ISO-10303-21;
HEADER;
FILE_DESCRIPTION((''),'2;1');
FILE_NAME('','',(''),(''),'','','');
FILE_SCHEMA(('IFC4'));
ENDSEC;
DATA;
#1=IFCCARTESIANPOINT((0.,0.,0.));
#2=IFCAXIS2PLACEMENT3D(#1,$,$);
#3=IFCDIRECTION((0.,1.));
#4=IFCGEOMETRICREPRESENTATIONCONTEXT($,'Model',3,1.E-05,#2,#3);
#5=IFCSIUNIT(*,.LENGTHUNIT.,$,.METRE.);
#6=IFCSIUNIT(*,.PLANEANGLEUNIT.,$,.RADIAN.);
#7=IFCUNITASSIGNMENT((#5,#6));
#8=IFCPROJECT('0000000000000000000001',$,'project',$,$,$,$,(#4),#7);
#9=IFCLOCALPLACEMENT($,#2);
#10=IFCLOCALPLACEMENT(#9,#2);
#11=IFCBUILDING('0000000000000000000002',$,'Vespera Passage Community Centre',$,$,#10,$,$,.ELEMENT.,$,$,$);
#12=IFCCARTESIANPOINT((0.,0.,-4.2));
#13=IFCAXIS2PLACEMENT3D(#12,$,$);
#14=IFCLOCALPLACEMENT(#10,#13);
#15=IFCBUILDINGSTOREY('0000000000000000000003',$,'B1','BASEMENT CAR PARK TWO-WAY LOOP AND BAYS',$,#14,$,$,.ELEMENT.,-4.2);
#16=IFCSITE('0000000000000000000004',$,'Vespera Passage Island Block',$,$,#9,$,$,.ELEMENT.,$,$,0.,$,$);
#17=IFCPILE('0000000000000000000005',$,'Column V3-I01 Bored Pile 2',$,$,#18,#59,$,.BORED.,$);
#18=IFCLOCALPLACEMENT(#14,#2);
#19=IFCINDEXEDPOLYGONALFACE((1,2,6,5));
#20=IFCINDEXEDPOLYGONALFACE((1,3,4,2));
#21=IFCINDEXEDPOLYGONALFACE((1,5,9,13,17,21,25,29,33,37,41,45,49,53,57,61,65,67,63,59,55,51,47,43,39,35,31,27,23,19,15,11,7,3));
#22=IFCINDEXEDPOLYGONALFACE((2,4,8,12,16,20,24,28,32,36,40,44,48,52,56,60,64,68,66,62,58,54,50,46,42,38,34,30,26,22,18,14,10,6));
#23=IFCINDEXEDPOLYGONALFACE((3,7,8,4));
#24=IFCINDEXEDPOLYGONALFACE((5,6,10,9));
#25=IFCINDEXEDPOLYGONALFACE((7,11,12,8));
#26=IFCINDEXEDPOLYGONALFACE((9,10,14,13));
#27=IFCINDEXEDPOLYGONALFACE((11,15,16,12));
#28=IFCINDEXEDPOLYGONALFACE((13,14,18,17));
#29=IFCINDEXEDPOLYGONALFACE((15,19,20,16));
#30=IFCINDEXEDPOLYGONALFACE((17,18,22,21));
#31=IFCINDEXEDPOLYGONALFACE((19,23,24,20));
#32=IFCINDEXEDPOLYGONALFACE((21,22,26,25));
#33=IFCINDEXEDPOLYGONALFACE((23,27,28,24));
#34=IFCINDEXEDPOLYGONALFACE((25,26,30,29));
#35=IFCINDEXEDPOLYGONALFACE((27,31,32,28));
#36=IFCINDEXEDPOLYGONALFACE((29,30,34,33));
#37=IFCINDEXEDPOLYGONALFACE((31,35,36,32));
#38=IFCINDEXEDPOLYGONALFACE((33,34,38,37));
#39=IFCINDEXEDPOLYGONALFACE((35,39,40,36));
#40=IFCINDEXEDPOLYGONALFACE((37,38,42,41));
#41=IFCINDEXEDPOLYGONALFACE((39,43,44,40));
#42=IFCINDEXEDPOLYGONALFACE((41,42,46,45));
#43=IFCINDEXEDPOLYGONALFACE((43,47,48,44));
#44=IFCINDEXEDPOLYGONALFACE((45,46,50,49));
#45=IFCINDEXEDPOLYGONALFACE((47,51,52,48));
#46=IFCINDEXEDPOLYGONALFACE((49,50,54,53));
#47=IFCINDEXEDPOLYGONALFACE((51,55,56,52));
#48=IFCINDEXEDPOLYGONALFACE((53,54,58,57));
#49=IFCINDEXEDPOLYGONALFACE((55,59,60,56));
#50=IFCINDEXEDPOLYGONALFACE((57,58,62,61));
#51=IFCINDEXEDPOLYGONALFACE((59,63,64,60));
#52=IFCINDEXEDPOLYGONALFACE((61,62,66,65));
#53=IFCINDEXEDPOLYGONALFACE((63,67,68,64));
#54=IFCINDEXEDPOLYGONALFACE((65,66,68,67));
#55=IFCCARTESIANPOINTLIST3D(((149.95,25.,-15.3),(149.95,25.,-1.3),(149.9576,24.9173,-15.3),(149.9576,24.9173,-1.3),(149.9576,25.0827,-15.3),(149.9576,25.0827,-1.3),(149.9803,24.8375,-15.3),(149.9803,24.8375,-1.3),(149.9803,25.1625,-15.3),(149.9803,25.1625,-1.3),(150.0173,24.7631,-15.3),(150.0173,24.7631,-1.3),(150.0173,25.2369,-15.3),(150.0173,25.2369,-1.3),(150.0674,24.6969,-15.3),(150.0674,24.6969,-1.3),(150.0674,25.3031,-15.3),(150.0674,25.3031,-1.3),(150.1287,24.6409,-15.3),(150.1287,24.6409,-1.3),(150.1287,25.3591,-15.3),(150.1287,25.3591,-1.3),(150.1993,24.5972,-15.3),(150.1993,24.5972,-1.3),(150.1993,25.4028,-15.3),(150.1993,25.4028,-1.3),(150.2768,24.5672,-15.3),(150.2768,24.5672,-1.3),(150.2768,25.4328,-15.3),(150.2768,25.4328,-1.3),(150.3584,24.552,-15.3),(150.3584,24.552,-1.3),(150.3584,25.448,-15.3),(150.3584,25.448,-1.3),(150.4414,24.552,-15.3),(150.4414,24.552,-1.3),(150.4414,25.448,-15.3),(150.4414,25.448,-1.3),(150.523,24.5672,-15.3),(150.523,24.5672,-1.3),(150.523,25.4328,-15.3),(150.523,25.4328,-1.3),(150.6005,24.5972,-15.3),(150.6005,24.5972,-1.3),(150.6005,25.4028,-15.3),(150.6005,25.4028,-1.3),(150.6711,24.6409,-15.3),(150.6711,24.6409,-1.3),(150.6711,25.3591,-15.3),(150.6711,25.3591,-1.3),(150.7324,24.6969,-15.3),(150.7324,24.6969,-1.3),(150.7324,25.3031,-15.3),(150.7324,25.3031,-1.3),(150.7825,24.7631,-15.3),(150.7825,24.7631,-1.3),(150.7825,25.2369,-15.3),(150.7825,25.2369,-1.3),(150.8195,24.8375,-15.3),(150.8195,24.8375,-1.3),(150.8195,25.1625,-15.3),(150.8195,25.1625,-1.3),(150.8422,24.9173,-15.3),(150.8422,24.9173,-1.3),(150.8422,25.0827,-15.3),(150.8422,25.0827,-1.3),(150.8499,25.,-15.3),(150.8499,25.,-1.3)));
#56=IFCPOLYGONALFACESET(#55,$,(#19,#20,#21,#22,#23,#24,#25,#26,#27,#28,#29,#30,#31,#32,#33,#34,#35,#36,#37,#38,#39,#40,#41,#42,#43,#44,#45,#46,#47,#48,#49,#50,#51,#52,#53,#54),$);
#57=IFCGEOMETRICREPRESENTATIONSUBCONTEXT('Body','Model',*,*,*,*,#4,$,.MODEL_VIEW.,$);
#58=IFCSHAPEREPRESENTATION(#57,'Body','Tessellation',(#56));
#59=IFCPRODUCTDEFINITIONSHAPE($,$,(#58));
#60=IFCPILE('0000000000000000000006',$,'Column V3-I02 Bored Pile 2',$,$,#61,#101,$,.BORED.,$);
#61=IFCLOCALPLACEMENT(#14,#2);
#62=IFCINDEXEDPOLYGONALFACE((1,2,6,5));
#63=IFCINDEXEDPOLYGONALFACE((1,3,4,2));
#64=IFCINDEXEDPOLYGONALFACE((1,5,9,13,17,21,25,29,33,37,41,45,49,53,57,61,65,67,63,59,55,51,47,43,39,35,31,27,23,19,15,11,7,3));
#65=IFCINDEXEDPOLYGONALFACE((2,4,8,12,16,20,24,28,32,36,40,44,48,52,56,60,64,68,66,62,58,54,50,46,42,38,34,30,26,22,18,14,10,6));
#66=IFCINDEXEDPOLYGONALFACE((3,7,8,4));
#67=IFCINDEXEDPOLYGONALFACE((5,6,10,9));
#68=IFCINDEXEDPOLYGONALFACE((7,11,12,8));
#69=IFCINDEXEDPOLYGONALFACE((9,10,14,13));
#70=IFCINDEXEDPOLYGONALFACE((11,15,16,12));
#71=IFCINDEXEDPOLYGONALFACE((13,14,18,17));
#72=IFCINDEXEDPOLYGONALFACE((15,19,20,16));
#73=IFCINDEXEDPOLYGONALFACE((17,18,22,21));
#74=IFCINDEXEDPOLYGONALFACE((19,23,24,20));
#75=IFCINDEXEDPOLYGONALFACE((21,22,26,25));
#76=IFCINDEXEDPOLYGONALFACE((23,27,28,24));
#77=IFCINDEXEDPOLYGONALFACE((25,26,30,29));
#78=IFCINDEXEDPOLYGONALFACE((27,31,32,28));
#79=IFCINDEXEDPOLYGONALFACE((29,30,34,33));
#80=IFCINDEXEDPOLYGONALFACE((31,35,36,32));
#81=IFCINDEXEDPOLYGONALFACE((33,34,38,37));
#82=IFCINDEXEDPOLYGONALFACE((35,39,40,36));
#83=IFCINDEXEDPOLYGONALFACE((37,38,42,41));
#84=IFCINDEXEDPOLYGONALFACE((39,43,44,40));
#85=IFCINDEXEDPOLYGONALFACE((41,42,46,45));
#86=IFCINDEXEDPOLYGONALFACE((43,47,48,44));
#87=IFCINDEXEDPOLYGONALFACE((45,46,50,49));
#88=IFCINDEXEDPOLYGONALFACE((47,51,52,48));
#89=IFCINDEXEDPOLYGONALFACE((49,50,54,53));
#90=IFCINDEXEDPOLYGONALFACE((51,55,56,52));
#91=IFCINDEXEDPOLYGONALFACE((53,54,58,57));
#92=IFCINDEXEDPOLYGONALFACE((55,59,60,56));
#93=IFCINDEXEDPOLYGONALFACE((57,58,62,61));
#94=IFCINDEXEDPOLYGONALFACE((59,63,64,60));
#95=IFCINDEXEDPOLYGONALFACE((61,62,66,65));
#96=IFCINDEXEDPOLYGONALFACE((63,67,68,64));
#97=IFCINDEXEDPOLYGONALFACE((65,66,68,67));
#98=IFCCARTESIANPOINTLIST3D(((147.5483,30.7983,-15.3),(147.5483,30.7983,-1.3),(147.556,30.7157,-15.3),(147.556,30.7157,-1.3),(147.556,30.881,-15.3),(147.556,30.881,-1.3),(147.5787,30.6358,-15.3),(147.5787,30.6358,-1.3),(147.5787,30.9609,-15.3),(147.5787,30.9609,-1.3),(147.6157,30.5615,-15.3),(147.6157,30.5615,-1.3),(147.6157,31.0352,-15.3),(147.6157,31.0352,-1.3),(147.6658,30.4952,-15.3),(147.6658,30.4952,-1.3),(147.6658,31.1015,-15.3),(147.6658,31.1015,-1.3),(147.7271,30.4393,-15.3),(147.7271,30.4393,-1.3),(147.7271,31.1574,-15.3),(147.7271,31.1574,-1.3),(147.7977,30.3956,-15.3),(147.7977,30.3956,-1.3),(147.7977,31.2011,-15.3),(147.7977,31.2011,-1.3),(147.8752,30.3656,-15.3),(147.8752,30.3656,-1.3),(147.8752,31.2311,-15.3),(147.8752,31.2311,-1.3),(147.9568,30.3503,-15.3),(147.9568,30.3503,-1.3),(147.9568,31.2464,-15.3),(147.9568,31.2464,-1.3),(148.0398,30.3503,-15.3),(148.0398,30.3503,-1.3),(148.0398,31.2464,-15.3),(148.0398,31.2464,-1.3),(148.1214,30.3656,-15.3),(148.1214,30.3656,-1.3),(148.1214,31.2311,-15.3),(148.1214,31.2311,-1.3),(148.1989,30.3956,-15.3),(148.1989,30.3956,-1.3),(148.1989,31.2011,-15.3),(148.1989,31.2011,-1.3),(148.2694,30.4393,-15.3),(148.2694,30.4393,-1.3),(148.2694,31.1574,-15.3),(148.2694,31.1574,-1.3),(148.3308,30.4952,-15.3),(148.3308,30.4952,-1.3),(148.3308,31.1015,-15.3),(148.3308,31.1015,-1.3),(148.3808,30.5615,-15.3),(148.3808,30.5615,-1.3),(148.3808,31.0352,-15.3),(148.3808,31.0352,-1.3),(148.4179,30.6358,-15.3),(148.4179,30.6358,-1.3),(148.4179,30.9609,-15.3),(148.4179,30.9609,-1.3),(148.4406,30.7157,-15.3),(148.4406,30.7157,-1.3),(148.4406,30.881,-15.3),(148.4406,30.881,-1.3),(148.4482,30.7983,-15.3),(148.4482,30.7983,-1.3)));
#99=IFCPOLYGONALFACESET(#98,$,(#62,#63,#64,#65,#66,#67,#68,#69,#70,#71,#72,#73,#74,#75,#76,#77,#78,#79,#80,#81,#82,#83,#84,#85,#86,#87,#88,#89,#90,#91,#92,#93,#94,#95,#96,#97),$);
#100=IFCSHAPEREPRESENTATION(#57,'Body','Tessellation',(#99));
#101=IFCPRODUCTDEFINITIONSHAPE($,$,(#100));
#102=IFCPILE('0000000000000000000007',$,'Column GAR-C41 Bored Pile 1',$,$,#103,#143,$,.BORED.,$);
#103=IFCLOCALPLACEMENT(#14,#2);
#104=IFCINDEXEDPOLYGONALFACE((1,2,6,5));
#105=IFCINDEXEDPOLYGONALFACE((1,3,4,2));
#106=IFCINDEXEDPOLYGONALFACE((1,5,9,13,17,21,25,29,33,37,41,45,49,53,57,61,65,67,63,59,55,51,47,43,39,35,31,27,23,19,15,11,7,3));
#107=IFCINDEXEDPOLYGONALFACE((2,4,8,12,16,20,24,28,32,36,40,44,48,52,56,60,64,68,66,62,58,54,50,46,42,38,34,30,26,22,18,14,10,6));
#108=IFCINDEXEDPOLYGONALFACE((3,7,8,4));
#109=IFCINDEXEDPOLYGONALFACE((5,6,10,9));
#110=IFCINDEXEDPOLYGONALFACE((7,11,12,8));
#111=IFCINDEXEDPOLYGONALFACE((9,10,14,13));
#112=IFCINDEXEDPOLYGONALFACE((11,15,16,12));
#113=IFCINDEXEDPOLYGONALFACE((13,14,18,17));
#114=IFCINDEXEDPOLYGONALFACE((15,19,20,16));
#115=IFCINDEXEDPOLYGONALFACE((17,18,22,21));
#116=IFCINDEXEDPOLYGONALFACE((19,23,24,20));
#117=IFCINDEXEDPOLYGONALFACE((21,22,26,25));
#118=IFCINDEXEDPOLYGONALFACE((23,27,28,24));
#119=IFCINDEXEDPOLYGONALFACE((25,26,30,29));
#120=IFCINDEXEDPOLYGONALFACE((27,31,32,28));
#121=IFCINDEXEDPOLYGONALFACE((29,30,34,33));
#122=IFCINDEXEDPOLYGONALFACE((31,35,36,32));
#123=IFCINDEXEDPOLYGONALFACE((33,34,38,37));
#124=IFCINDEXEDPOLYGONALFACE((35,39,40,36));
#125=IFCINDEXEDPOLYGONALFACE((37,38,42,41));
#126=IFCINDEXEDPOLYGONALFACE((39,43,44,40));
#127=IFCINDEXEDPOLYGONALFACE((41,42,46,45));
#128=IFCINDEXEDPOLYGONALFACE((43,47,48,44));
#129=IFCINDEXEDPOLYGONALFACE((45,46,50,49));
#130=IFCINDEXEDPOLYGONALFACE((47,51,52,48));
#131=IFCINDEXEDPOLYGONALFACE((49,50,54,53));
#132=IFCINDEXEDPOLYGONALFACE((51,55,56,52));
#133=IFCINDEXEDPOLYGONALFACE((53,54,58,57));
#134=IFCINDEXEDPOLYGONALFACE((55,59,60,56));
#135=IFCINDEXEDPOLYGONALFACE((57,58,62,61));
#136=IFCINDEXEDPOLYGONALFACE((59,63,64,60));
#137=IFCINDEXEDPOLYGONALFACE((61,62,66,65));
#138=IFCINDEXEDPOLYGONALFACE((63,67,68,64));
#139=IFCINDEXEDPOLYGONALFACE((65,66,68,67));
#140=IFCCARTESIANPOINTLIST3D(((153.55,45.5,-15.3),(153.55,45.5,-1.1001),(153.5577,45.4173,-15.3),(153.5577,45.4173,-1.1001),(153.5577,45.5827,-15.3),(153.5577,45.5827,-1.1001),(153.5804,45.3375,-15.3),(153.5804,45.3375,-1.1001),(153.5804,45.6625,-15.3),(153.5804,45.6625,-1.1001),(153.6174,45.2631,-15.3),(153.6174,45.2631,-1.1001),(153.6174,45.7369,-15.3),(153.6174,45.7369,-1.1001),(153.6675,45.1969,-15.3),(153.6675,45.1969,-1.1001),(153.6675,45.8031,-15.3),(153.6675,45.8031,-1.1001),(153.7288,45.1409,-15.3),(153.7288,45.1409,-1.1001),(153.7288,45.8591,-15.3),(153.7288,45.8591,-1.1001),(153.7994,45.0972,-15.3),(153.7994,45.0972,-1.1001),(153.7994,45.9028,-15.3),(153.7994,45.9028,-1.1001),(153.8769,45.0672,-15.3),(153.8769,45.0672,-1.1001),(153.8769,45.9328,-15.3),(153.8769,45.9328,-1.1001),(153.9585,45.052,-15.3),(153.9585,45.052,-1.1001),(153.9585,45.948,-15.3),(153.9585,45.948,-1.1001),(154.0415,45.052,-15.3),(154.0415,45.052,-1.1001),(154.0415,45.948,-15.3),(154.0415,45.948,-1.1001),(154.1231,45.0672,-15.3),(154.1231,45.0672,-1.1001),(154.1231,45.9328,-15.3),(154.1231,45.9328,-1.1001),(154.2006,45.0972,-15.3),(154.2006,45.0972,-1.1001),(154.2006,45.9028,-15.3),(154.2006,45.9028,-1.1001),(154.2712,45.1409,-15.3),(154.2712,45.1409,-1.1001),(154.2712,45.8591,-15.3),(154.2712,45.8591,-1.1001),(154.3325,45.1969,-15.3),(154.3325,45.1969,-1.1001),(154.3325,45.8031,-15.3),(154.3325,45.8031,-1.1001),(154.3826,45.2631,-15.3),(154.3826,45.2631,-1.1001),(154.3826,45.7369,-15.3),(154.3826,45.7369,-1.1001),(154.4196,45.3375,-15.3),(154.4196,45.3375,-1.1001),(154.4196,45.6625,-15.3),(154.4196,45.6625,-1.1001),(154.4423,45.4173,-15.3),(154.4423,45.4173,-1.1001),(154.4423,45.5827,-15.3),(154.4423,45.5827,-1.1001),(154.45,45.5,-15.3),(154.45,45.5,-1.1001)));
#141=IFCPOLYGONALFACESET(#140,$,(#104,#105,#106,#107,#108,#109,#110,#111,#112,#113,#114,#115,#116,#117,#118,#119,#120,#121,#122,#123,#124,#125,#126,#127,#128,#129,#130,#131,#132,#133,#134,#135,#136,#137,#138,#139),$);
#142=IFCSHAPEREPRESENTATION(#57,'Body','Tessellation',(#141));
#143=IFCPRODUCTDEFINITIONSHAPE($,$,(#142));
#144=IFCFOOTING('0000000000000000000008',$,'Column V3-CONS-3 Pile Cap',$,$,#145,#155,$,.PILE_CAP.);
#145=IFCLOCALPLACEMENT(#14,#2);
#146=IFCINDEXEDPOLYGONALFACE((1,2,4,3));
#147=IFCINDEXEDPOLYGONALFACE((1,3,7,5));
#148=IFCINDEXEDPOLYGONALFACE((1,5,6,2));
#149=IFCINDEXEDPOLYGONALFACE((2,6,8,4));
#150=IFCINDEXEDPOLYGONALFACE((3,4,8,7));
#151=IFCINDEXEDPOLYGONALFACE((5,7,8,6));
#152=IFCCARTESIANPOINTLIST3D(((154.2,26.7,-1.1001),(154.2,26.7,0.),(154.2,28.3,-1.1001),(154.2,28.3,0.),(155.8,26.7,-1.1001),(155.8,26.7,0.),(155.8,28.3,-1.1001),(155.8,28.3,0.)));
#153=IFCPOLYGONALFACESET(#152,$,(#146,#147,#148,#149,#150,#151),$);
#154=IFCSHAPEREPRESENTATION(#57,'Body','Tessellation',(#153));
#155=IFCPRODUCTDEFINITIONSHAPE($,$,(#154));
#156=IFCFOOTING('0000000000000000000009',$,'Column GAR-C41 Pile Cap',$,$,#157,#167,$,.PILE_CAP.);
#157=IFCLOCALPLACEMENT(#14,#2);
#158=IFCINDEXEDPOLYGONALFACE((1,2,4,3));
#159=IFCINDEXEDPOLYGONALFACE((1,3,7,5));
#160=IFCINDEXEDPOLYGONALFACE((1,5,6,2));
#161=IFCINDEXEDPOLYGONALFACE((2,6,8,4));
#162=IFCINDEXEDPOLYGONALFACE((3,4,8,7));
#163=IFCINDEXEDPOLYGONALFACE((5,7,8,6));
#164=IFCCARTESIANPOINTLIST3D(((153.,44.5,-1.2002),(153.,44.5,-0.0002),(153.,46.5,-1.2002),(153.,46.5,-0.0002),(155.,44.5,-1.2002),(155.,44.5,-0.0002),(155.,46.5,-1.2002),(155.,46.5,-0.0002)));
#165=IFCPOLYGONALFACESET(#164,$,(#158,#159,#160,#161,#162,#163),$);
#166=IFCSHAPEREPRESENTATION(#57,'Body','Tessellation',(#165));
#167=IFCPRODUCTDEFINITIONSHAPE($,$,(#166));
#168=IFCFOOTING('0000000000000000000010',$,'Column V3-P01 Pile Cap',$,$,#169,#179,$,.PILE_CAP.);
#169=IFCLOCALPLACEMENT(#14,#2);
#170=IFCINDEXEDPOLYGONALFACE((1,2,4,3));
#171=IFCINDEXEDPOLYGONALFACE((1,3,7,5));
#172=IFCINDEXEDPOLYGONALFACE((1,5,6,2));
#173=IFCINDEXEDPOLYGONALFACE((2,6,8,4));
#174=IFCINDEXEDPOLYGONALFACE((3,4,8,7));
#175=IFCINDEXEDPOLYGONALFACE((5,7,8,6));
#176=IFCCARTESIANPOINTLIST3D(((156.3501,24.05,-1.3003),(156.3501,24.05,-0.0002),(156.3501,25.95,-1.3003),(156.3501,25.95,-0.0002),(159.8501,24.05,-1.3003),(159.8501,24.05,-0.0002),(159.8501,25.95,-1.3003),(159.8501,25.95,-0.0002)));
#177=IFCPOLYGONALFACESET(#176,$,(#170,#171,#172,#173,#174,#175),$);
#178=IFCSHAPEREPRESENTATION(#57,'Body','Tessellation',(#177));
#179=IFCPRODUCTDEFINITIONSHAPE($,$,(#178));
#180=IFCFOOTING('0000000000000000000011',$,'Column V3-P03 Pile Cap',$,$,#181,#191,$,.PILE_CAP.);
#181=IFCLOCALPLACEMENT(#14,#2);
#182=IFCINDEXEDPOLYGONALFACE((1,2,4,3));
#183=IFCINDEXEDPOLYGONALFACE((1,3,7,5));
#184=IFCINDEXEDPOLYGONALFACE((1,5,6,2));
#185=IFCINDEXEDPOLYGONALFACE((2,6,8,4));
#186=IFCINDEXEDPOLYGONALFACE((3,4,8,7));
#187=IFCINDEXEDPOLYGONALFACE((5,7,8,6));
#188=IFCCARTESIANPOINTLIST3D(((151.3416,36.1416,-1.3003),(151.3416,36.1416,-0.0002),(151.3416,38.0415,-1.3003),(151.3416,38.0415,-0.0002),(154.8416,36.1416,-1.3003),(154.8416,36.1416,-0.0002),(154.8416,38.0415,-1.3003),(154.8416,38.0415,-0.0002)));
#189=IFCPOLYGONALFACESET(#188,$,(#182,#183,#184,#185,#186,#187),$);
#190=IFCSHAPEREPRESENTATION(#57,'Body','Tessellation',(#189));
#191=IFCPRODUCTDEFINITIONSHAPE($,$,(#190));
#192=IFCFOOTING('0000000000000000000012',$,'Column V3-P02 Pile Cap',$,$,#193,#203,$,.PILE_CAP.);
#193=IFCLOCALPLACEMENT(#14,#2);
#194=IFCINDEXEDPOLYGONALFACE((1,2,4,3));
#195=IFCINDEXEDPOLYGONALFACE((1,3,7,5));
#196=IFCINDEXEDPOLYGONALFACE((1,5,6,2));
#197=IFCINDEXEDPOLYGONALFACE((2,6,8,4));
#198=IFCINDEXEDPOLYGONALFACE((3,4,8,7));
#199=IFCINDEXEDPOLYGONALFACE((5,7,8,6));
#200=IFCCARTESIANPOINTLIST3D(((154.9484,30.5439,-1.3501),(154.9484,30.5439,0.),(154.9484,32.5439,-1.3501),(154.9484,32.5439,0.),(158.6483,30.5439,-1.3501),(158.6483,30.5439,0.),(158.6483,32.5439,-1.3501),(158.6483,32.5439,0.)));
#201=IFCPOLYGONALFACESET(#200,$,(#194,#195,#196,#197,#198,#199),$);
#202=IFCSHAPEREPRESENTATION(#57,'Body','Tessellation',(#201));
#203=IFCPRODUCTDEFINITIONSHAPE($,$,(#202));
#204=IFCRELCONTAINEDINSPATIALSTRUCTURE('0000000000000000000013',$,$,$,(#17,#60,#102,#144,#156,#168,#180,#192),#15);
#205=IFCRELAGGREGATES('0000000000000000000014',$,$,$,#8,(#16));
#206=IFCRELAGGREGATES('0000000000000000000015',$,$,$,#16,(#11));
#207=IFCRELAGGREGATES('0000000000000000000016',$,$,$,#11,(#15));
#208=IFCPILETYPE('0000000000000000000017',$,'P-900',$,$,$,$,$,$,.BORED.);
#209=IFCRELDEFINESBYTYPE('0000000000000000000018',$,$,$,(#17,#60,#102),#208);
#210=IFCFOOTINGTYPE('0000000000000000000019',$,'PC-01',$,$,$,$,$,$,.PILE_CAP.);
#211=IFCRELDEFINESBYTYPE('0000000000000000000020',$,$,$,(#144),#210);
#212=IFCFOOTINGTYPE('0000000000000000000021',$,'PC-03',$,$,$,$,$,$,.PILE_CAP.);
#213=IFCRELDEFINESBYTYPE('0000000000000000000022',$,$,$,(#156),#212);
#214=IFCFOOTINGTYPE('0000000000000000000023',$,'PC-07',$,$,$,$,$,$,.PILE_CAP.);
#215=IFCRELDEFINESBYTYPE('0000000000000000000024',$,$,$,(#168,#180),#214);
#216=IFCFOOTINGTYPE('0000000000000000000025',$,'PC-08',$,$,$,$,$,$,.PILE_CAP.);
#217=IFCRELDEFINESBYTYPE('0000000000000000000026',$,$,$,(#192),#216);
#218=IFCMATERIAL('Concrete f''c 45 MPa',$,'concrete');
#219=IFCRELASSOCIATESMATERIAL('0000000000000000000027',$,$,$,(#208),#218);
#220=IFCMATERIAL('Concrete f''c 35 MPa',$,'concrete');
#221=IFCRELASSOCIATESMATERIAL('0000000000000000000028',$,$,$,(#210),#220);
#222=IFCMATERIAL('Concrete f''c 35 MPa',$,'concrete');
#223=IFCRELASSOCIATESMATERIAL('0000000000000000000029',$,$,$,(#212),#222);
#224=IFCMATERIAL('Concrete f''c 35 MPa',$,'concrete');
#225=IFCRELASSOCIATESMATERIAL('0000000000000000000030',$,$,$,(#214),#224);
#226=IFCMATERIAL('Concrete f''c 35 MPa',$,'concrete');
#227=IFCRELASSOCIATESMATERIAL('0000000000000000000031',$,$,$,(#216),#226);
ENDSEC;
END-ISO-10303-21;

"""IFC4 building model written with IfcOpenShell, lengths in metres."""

from ifc_helpers import new_model, si_unit, direction, frame, origin, origin_2d, place, context, subcontext, project, spatial, rectangle, circle, extrude, material, material_profile, profile_set, type_object, element, save


model = new_model("IFC4")

# Units and contexts
model_context = context("Model", 3, precision=1e-05, world=origin(), true_north=direction((0.0, 1.0)))
body_context = subcontext(model_context, "Body", "Model", "MODEL_VIEW")
ifc_project = project(units=[si_unit("LENGTHUNIT", "METRE"), si_unit("PLANEANGLEUNIT", "RADIAN")], contexts=[model_context])

# Site, building, storey
site_placement = place(None, origin())
site = spatial("IfcSite", under=ifc_project, at=site_placement, Name="Vespera Passage Island Block", CompositionType="ELEMENT", RefElevation=0.0)
building_placement = place(site_placement, origin())
building = spatial("IfcBuilding", under=site, at=building_placement, Name="Vespera Passage Community Centre", CompositionType="ELEMENT")
storey_placement = place(building_placement, frame((0.0, 0.0, -4.2)))
storey = spatial("IfcBuildingStorey", under=building, at=storey_placement, Name="B1", Description="BASEMENT CAR PARK TWO-WAY LOOP AND BAYS", CompositionType="ELEMENT", Elevation=-4.2)

# Piles
ifc_material_1 = material(Name="Concrete f'c 45 MPa", Category="concrete")
ifc_material_profile_1 = material_profile(ifc_material_1, circle(Radius=0.45, at=origin_2d()), Name="PILE900DIA")
ifc_profile_set_1 = profile_set([ifc_material_profile_1], Name="Concrete f'c 45 MPa")
pile_type_1 = type_object("IfcPileType", Name="P-900", PredefinedType="BORED", material=ifc_profile_set_1)
for number, where, z_axis, x_axis, name in (
    (1, (150.3999, 25.0, -1.3), (0.0, 0.0, -1.0), (1.0, 0.0, 0.0), "Column V3-I01 Bored Pile 2"),
    (2, (147.9983, 30.7983, -1.3), (0.0, 0.0, -1.0), (1.0, 0.0, 0.0), "Column V3-I02 Bored Pile 2"),
):
    element("IfcPile", number, at=place(storey_placement, frame(where, z_axis=z_axis, x_axis=x_axis)), inside=storey, type_object=pile_type_1, Name=name, PredefinedType="BORED", context=body_context, shape_type="SweptSolid", body=[
        extrude(circle(Radius=0.45, at=origin_2d()), origin(), (0.0, 0.0, 1.0), 14.0),
    ])
pile_1_placement = place(storey_placement, frame((154.0, 45.5, -1.1001), z_axis=(0.0, 0.0, -1.0), x_axis=(1.0, 0.0, 0.0)))
element("IfcPile", 3, at=pile_1_placement, inside=storey, type_object=pile_type_1, Name="Column GAR-C41 Bored Pile 1", PredefinedType="BORED", context=body_context, shape_type="SweptSolid", body=[
    extrude(circle(Radius=0.45, at=origin_2d()), origin(), (0.0, 0.0, 1.0), 14.2),
])

# Footings
ifc_material_2 = material(Name="Concrete f'c 35 MPa", Category="concrete")
footing_type_1 = type_object("IfcFootingType", Name="PC-01", PredefinedType="PILE_CAP", material=ifc_material_2)
footing_1_placement = place(storey_placement, frame((155.0, 27.5, -1.1001), z_axis=(0.0, 0.0, 1.0), x_axis=(1.0, 0.0, 0.0)))
element("IfcFooting", 4, at=footing_1_placement, inside=storey, type_object=footing_type_1, Name="Column V3-CONS-3 Pile Cap", PredefinedType="PILE_CAP", context=body_context, shape_type="SweptSolid", body=[
    extrude(rectangle(XDim=1.6001, YDim=1.6001, at=origin_2d()), origin(), (0.0, 0.0, 1.0), 1.1001),
])
ifc_material_3 = material(Name="Concrete f'c 35 MPa", Category="concrete")
footing_type_2 = type_object("IfcFootingType", Name="PC-03", PredefinedType="PILE_CAP", material=ifc_material_3)
footing_2_placement = place(storey_placement, frame((154.0, 45.5, -1.2002), z_axis=(0.0, 0.0, 1.0), x_axis=(1.0, 0.0, 0.0)))
element("IfcFooting", 5, at=footing_2_placement, inside=storey, type_object=footing_type_2, Name="Column GAR-C41 Pile Cap", PredefinedType="PILE_CAP", context=body_context, shape_type="SweptSolid", body=[
    extrude(rectangle(XDim=2.0, YDim=2.0, at=origin_2d()), origin(), (0.0, 0.0, 1.0), 1.2),
])
ifc_material_4 = material(Name="Concrete f'c 35 MPa", Category="concrete")
footing_type_3 = type_object("IfcFootingType", Name="PC-07", PredefinedType="PILE_CAP", material=ifc_material_4)
for number, where, z_axis, x_axis, name in (
    (6, (158.1001, 25.0, -1.3003), (0.0, 0.0, 1.0), (1.0, 0.0, 0.0), "Column V3-P01 Pile Cap"),
    (7, (153.0916, 37.0916, -1.3003), (0.0, 0.0, 1.0), (1.0, 0.0, 0.0), "Column V3-P03 Pile Cap"),
):
    element("IfcFooting", number, at=place(storey_placement, frame(where, z_axis=z_axis, x_axis=x_axis)), inside=storey, type_object=footing_type_3, Name=name, PredefinedType="PILE_CAP", context=body_context, shape_type="SweptSolid", body=[
        extrude(rectangle(XDim=3.5, YDim=1.8999, at=origin_2d()), origin(), (0.0, 0.0, 1.0), 1.3),
    ])
ifc_material_5 = material(Name="Concrete f'c 35 MPa", Category="concrete")
footing_type_4 = type_object("IfcFootingType", Name="PC-08", PredefinedType="PILE_CAP", material=ifc_material_5)
footing_3_placement = place(storey_placement, frame((156.7983, 31.5439, -1.3501), z_axis=(0.0, 0.0, 1.0), x_axis=(1.0, 0.0, 0.0)))
element("IfcFooting", 8, at=footing_3_placement, inside=storey, type_object=footing_type_4, Name="Column V3-P02 Pile Cap", PredefinedType="PILE_CAP", context=body_context, shape_type="SweptSolid", body=[
    extrude(rectangle(XDim=3.7, YDim=2.0, at=origin_2d()), origin(), (0.0, 0.0, 1.0), 1.3501),
])

save(model, "model.ifc")
